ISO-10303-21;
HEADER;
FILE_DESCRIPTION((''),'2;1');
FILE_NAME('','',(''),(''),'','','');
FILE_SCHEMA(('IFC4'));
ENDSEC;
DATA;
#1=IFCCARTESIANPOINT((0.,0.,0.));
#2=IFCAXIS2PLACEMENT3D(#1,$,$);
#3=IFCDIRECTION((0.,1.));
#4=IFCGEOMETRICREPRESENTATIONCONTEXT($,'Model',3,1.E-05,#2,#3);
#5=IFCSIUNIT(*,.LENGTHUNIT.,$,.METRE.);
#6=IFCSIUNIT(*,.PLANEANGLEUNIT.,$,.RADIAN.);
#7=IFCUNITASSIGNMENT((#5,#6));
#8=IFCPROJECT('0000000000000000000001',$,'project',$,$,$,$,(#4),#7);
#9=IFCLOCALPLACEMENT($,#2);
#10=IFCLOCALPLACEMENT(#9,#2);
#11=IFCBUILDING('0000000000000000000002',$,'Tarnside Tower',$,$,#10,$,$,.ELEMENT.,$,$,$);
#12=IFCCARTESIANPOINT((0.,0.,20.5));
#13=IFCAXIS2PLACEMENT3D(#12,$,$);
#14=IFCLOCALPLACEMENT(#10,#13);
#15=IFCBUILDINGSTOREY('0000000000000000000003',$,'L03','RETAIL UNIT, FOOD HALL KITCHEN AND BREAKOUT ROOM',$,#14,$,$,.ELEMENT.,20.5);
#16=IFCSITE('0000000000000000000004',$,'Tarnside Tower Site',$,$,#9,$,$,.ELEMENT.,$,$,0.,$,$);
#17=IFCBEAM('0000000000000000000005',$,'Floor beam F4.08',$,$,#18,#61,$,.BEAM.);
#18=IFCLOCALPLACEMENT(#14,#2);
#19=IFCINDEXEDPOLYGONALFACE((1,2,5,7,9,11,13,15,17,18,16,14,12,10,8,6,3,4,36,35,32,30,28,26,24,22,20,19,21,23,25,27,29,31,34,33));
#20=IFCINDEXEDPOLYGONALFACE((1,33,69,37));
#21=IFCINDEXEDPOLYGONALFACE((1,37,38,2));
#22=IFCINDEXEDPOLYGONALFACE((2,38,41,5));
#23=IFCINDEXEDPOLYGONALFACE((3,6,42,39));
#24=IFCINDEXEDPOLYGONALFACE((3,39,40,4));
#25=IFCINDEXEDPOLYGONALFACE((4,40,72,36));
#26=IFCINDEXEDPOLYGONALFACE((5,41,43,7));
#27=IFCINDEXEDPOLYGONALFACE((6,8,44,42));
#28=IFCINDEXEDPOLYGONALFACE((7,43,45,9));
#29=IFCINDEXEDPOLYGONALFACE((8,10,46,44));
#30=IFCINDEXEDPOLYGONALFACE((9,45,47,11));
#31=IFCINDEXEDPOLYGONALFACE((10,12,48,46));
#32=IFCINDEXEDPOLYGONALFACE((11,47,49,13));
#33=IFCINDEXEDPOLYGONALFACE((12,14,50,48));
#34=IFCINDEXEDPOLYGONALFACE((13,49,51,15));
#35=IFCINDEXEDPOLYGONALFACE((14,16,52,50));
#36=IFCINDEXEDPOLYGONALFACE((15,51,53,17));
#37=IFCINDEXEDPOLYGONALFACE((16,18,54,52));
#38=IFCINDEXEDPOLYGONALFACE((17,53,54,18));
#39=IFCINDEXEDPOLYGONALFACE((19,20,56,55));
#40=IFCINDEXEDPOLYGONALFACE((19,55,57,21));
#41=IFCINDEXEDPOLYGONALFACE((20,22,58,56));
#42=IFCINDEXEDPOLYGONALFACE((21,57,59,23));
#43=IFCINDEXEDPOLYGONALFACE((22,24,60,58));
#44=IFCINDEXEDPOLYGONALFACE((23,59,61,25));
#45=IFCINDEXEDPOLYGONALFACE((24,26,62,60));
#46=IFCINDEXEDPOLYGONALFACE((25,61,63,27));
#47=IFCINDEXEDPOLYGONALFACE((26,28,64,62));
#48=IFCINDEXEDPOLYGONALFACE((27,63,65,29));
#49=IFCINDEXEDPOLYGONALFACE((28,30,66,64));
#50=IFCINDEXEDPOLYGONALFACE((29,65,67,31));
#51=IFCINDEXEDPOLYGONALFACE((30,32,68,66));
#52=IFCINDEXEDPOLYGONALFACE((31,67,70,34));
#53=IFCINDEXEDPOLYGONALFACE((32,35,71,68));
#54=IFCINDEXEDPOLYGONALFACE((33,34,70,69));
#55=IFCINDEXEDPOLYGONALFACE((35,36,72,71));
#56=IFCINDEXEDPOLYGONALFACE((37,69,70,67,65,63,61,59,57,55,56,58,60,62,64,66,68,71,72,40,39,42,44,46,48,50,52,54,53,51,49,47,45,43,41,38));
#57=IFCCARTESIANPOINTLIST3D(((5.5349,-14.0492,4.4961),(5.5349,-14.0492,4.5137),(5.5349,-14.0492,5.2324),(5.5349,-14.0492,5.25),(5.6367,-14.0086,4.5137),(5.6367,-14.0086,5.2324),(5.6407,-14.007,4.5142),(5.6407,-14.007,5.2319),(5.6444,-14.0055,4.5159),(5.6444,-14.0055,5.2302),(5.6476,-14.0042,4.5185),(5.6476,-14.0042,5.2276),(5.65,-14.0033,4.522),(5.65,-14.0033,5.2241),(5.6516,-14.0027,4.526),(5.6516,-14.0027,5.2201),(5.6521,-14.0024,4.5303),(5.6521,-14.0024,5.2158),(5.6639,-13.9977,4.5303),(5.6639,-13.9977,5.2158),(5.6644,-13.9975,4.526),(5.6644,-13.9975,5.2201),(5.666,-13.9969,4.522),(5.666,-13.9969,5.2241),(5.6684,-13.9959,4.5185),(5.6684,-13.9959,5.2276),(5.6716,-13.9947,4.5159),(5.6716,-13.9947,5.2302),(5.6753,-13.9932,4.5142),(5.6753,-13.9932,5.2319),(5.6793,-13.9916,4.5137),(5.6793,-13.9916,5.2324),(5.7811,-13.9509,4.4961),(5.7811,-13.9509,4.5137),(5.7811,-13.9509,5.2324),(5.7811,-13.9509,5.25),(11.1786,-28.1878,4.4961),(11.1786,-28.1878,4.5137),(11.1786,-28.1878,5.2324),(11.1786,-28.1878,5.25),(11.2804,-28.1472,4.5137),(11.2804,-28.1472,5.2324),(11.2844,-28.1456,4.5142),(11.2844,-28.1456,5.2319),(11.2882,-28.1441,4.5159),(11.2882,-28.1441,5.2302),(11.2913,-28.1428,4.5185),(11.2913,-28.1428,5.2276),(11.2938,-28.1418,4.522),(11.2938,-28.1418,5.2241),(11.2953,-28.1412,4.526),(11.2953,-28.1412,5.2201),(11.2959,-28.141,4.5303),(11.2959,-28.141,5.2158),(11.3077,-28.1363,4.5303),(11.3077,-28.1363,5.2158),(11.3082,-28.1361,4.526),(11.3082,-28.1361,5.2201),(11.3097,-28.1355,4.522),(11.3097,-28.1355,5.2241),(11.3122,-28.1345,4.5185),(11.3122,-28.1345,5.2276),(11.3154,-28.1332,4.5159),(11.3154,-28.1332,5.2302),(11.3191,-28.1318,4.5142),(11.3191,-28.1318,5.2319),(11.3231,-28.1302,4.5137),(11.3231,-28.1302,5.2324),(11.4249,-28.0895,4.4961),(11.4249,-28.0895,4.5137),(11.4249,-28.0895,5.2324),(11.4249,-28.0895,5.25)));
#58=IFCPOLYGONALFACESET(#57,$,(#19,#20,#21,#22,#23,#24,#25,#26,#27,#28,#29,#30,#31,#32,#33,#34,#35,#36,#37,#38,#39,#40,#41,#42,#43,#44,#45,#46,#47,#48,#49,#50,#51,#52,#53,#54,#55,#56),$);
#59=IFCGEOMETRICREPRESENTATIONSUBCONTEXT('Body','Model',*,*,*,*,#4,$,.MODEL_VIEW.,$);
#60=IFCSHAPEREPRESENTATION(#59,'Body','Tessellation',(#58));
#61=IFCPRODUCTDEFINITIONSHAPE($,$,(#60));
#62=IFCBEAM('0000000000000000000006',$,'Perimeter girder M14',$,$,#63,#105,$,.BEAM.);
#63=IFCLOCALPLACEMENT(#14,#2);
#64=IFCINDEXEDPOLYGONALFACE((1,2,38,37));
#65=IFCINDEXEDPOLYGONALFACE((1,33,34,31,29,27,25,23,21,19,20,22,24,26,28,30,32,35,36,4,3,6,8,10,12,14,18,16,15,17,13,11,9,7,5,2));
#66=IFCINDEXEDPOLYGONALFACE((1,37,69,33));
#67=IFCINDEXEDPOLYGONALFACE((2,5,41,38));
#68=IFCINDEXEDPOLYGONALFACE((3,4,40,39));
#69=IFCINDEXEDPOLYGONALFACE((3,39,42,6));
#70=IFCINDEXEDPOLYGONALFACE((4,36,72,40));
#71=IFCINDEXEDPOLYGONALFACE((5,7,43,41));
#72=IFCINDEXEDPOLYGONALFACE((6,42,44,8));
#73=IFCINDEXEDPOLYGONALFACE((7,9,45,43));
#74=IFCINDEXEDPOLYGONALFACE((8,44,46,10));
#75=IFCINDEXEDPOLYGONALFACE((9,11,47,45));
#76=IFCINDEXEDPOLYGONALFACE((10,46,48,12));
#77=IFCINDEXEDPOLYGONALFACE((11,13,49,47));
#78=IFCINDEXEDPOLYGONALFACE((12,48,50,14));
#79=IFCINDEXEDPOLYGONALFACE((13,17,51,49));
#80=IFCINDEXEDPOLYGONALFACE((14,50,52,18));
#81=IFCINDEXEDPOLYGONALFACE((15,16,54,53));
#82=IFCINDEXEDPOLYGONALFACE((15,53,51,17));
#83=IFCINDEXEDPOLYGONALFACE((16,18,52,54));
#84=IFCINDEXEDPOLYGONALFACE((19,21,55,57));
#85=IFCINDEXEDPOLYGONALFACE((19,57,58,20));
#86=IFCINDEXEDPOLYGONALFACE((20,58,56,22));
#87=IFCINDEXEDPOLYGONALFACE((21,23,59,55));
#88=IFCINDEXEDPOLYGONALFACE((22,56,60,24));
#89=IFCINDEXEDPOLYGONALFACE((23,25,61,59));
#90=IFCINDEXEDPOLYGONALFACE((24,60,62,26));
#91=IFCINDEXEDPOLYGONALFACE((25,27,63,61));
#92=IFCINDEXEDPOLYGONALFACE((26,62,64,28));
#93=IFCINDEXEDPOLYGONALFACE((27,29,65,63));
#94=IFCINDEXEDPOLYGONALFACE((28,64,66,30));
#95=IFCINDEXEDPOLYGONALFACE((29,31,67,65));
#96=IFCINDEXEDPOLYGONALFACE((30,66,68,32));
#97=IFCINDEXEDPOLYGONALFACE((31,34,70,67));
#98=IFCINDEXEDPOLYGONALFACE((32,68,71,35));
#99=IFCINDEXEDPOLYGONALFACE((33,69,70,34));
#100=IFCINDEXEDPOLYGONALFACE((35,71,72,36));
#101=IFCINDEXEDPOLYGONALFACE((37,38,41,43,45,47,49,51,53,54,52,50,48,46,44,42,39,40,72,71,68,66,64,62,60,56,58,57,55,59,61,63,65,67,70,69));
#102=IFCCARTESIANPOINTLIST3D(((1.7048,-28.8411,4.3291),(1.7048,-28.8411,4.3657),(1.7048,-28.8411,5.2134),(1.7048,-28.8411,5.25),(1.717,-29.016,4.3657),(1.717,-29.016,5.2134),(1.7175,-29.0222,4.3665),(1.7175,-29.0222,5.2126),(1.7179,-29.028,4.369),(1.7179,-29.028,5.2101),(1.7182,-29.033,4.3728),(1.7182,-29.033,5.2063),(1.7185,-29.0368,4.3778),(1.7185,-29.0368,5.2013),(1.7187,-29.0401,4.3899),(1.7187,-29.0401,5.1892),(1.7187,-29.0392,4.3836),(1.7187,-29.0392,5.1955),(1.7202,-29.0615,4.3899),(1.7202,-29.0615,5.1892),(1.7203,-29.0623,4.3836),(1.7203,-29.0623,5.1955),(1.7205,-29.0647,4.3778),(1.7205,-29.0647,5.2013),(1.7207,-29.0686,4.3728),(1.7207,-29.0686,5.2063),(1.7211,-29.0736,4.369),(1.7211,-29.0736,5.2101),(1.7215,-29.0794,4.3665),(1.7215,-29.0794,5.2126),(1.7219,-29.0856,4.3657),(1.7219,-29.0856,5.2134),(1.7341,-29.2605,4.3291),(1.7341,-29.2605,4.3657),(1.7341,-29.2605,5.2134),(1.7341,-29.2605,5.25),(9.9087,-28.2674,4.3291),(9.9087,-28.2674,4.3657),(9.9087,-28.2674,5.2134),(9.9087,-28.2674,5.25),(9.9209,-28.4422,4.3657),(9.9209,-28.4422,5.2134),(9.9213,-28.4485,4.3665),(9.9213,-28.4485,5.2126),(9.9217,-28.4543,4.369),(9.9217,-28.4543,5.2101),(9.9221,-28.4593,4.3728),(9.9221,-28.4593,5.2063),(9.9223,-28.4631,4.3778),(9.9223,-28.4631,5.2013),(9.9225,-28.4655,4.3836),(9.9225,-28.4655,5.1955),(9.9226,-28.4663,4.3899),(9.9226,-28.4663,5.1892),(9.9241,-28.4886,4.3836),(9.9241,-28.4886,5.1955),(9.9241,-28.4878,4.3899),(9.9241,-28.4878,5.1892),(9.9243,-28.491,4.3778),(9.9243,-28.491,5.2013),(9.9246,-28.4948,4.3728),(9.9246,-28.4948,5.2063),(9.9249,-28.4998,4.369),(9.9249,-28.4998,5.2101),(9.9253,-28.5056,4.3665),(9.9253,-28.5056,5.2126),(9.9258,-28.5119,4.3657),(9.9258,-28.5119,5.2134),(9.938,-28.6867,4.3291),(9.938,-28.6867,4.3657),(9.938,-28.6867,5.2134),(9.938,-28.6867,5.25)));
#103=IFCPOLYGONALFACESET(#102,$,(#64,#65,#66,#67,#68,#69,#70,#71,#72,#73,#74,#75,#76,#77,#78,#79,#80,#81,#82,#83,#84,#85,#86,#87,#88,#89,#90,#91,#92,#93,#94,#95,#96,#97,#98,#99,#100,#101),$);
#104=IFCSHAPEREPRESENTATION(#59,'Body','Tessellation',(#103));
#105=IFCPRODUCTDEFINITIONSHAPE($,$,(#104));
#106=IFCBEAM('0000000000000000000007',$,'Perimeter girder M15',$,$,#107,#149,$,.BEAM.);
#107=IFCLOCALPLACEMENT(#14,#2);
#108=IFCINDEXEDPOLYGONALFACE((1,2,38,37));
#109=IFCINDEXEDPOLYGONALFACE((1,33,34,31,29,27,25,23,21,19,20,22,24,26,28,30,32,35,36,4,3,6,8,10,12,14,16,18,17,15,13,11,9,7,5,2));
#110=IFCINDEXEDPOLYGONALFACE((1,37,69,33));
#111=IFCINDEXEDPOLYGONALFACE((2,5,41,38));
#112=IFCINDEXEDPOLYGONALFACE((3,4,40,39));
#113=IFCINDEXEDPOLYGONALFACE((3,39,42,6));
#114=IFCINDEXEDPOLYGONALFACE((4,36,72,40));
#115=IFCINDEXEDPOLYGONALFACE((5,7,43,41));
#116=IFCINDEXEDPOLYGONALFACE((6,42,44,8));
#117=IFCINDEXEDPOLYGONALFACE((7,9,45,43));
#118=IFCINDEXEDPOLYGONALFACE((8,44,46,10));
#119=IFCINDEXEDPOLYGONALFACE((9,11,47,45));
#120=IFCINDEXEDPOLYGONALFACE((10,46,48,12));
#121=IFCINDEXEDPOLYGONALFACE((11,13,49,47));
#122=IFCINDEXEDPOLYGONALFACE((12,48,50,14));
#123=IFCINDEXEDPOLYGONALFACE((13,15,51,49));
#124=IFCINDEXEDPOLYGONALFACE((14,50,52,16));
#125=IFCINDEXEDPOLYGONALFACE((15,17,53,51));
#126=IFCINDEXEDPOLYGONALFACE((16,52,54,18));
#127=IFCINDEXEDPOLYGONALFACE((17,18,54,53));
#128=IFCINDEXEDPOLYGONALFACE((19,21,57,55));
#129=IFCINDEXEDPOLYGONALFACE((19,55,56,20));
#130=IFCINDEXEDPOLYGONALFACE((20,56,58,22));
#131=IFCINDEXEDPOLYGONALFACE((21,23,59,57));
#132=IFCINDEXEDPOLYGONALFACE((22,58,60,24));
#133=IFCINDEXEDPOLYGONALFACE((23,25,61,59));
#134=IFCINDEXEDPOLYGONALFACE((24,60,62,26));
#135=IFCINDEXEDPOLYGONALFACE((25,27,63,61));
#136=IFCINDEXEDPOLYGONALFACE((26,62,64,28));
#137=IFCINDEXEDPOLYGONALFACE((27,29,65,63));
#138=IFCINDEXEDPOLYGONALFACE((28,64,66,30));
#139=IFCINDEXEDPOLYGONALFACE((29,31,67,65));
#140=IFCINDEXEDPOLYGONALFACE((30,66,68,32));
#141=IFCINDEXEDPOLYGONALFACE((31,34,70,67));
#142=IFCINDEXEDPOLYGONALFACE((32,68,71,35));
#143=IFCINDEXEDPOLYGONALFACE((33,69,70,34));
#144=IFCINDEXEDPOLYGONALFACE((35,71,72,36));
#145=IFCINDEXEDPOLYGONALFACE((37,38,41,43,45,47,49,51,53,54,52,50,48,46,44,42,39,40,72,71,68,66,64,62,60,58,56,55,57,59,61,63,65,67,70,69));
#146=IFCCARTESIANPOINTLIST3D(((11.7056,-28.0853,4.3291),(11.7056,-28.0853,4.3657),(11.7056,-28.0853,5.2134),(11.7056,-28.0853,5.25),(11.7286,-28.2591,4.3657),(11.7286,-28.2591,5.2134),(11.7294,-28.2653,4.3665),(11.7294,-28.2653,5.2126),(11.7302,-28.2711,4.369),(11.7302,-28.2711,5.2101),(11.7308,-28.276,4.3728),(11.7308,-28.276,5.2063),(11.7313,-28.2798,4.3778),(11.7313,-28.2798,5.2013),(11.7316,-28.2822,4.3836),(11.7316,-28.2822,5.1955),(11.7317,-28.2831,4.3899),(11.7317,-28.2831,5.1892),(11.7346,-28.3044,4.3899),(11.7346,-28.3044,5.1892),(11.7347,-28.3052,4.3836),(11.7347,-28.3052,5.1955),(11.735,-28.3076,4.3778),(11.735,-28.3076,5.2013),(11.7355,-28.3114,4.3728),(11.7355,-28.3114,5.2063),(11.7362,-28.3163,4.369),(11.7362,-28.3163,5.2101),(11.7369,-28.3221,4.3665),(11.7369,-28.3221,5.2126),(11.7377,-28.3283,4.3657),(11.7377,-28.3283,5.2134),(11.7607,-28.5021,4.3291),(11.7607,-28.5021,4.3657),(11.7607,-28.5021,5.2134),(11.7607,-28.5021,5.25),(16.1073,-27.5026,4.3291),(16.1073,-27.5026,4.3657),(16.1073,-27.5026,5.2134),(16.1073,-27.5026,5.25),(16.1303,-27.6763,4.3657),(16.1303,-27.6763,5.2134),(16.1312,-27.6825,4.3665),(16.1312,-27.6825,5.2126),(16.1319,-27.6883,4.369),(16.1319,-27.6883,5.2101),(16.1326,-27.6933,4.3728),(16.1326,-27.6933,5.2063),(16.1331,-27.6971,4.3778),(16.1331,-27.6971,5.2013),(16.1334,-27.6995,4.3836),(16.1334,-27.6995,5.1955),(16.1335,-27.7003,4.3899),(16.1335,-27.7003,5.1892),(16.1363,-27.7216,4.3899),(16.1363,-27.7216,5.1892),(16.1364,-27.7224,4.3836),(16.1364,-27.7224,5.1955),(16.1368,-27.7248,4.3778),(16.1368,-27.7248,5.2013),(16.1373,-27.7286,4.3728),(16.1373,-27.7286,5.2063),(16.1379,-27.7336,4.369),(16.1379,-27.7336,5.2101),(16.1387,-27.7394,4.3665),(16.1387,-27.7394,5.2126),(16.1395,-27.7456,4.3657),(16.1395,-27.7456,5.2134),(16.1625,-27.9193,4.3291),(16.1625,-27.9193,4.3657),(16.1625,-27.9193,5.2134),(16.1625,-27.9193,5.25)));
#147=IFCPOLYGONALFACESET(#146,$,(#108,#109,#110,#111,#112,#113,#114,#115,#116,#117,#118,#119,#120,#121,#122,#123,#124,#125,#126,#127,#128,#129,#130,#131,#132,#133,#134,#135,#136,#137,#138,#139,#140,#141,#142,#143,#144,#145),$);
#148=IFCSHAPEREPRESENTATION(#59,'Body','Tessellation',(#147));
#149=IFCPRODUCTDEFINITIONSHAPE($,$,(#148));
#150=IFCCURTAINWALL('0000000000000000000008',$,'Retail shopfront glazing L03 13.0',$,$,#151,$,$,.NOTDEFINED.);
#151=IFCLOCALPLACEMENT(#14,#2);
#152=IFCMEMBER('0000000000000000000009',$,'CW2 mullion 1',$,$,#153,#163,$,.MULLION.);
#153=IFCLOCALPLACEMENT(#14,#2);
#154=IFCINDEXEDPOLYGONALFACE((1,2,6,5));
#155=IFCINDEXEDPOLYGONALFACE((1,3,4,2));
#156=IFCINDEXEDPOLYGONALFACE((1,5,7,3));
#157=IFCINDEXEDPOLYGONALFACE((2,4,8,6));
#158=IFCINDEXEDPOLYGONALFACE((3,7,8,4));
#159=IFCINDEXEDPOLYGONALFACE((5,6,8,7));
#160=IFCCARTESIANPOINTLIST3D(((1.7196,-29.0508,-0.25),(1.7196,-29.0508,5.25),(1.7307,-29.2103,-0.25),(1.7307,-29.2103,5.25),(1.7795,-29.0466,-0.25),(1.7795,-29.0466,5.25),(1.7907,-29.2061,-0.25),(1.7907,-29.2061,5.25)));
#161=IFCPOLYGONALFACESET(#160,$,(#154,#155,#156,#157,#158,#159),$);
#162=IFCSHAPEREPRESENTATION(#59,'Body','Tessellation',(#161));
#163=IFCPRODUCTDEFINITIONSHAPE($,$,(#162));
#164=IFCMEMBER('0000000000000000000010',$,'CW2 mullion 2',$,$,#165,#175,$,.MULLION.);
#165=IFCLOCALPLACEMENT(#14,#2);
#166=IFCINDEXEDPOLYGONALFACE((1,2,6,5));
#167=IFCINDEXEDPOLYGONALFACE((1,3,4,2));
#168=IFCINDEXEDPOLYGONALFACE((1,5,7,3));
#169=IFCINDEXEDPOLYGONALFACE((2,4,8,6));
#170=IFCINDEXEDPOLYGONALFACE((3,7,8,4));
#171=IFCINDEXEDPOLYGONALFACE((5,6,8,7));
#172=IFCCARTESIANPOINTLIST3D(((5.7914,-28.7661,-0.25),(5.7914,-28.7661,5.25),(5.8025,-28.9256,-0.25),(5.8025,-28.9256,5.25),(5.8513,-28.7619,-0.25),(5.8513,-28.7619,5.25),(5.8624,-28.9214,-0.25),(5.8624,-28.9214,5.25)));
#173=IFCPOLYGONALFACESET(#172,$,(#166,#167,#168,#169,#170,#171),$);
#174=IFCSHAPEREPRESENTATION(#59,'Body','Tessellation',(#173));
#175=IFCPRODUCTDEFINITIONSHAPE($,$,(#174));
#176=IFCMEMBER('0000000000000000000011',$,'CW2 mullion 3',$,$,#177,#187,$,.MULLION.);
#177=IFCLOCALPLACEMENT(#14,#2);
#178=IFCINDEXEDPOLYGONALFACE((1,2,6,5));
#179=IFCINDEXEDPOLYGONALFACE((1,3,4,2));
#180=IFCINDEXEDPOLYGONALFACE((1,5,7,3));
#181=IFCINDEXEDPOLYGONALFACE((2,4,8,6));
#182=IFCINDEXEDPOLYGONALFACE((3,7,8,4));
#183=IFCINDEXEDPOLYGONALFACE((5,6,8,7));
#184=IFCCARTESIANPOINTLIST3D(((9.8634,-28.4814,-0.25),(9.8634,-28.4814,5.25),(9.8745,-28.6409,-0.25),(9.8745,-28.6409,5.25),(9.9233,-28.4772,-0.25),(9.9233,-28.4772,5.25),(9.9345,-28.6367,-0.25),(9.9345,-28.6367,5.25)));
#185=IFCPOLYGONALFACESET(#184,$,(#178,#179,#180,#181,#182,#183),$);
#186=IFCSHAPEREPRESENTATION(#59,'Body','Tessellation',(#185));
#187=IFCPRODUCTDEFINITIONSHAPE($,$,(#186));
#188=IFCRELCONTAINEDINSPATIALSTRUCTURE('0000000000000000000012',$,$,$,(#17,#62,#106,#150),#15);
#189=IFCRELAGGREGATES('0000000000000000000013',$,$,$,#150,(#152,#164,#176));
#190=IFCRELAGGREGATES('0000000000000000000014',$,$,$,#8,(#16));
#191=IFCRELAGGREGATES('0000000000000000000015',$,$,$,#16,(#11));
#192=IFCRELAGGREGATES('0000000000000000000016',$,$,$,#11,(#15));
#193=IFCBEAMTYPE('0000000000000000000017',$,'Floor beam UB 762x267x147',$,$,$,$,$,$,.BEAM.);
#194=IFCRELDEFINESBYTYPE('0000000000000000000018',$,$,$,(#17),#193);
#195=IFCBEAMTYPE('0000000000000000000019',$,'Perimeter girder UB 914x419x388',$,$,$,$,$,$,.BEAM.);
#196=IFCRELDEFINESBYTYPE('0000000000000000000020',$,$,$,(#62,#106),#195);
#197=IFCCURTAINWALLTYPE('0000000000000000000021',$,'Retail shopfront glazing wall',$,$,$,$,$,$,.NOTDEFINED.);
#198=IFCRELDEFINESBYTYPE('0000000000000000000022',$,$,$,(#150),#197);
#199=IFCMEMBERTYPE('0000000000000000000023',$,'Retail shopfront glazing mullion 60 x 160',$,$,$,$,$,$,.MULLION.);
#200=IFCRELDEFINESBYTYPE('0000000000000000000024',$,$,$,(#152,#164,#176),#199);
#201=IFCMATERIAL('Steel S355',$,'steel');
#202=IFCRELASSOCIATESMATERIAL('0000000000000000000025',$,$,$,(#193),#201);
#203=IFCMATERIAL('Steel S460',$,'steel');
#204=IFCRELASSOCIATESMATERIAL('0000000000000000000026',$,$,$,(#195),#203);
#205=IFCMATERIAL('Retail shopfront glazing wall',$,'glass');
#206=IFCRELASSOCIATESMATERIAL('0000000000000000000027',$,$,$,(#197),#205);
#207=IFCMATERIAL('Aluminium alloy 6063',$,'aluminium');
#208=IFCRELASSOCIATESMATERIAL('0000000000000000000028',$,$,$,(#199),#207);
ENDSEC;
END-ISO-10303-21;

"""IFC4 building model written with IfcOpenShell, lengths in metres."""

from ifc_helpers import new_model, si_unit, direction, frame, origin, origin_2d, place, context, subcontext, project, spatial, rectangle, i_section, extrude, material, material_profile, profile_set, type_object, element, aggregate, save


model = new_model("IFC4")

# Units and contexts
model_context = context("Model", 3, precision=1e-05, world=origin(), true_north=direction((0.0, 1.0)))
body_context = subcontext(model_context, "Body", "Model", "MODEL_VIEW")
ifc_project = project(units=[si_unit("LENGTHUNIT", "METRE"), si_unit("PLANEANGLEUNIT", "RADIAN")], contexts=[model_context])

# Site, building, storey
site_placement = place(None, origin())
site = spatial("IfcSite", under=ifc_project, at=site_placement, Name="Tarnside Tower Site", CompositionType="ELEMENT", RefElevation=0.0)
building_placement = place(site_placement, origin())
building = spatial("IfcBuilding", under=site, at=building_placement, Name="Tarnside Tower", CompositionType="ELEMENT")
storey_placement = place(building_placement, frame((0.0, 0.0, 20.5)))
storey = spatial("IfcBuildingStorey", under=building, at=storey_placement, Name="L03", Description="RETAIL UNIT, FOOD HALL KITCHEN AND BREAKOUT ROOM", CompositionType="ELEMENT", Elevation=20.5)

# Beams
ifc_material_1 = material(Name="Steel S355", Category="steel")
ifc_material_profile_1 = material_profile(ifc_material_1, i_section(OverallWidth=0.2651, OverallDepth=0.7539, WebThickness=0.0127, FlangeThickness=0.0176, FilletRadius=0.0166, at=origin_2d()), Name="UB 762x267x147")
ifc_profile_set_1 = profile_set([ifc_material_profile_1], Name="Steel S355")
beam_type_1 = type_object("IfcBeamType", Name="Floor beam UB 762x267x147", PredefinedType="BEAM", material=ifc_profile_set_1)
beam_1_placement = place(storey_placement, frame((11.3018, -28.1387, 4.873), z_axis=(-0.37073, 0.928741, 0.0), x_axis=(-0.928741, -0.37073, 0.0)))
element("IfcBeam", 1, at=beam_1_placement, inside=storey, type_object=beam_type_1, Name="Floor beam F4.08", PredefinedType="BEAM", context=body_context, shape_type="SweptSolid", body=[
    extrude(i_section(OverallWidth=0.2651, OverallDepth=0.7539, WebThickness=0.0127, FlangeThickness=0.0176, FilletRadius=0.0166, at=origin_2d()), origin(), (0.0, 0.0, 1.0), 15.2234),
])
ifc_material_2 = material(Name="Steel S460", Category="steel")
ifc_material_profile_2 = material_profile(ifc_material_2, i_section(OverallWidth=0.4204, OverallDepth=0.9209, WebThickness=0.0215, FlangeThickness=0.0366, FilletRadius=0.0242, at=origin_2d()), Name="UB 914x419x388")
ifc_profile_set_2 = profile_set([ifc_material_profile_2], Name="Steel S460")
beam_type_2 = type_object("IfcBeamType", Name="Perimeter girder UB 914x419x388", PredefinedType="BEAM", material=ifc_profile_set_2)
beam_2_placement = place(storey_placement, frame((1.7195, -29.0508, 4.7896), z_axis=(0.997564, 0.069764, 0.0), x_axis=(-0.069764, 0.997564, 0.0)))
element("IfcBeam", 2, at=beam_2_placement, inside=storey, type_object=beam_type_2, Name="Perimeter girder M14", PredefinedType="BEAM", context=body_context, shape_type="SweptSolid", body=[
    extrude(i_section(OverallWidth=0.4204, OverallDepth=0.9209, WebThickness=0.0215, FlangeThickness=0.0366, FilletRadius=0.0242, at=origin_2d()), origin(), (0.0, 0.0, 1.0), 8.2239),
])
beam_3_placement = place(storey_placement, frame((11.7332, -28.2937, 4.7896), z_axis=(0.99135, 0.131245, 0.0), x_axis=(-0.131245, 0.99135, 0.0)))
element("IfcBeam", 3, at=beam_3_placement, inside=storey, type_object=beam_type_2, Name="Perimeter girder M15", PredefinedType="BEAM", context=body_context, shape_type="SweptSolid", body=[
    extrude(i_section(OverallWidth=0.4204, OverallDepth=0.9209, WebThickness=0.0215, FlangeThickness=0.0366, FilletRadius=0.0242, at=origin_2d()), origin(), (0.0, 0.0, 1.0), 4.4402),
])

# Curtain wall, members
ifc_material_3 = material(Name="Retail shopfront glazing wall", Category="glass")
curtain_wall_type = type_object("IfcCurtainWallType", Name="Retail shopfront glazing wall", PredefinedType="NOTDEFINED", material=ifc_material_3)
curtain_wall_placement = place(storey_placement, origin())
curtain_wall = element("IfcCurtainWall", 4, at=curtain_wall_placement, inside=storey, type_object=curtain_wall_type, Name="Retail shopfront glazing L03 13.0", PredefinedType="NOTDEFINED")
ifc_material_4 = material(Name="Aluminium alloy 6063", Category="aluminium")
ifc_material_profile_3 = material_profile(ifc_material_4, rectangle(XDim=0.1599, YDim=0.0601, at=origin_2d()), Name="Retail shopfront glazing mullion 60 x 160")
ifc_profile_set_3 = profile_set([ifc_material_profile_3], Name="Aluminium alloy 6063")
member_type_1 = type_object("IfcMemberType", Name="Retail shopfront glazing mullion 60 x 160", PredefinedType="MULLION", material=ifc_profile_set_3)
member_1_placement = place(storey_placement, frame((1.7551, -29.1284, -0.25), z_axis=(0.0, 0.0, 1.0), x_axis=(-0.069756, 0.997564, 0.0)))
member_1 = element("IfcMember", 5, at=member_1_placement, type_object=member_type_1, Name="CW2 mullion 1", PredefinedType="MULLION", context=body_context, shape_type="SweptSolid", body=[
    extrude(rectangle(XDim=0.1599, YDim=0.0601, at=origin_2d()), origin(), (0.0, 0.0, 1.0), 5.5),
])
member_2_placement = place(storey_placement, frame((5.8269, -28.8438, -0.25), z_axis=(0.0, 0.0, 1.0), x_axis=(-0.069756, 0.997564, 0.0)))
member_2 = element("IfcMember", 6, at=member_2_placement, type_object=member_type_1, Name="CW2 mullion 2", PredefinedType="MULLION", context=body_context, shape_type="SweptSolid", body=[
    extrude(rectangle(XDim=0.1599, YDim=0.0601, at=origin_2d()), origin(), (0.0, 0.0, 1.0), 5.5),
])
member_3_placement = place(storey_placement, frame((9.8989, -28.5591, -0.25), z_axis=(0.0, 0.0, 1.0), x_axis=(-0.069756, 0.997564, 0.0)))
member_3 = element("IfcMember", 7, at=member_3_placement, type_object=member_type_1, Name="CW2 mullion 3", PredefinedType="MULLION", context=body_context, shape_type="SweptSolid", body=[
    extrude(rectangle(XDim=0.1599, YDim=0.0601, at=origin_2d()), origin(), (0.0, 0.0, 1.0), 5.5),
])
aggregate(curtain_wall, [member_1, member_2, member_3])

save(model, "model.ifc")
